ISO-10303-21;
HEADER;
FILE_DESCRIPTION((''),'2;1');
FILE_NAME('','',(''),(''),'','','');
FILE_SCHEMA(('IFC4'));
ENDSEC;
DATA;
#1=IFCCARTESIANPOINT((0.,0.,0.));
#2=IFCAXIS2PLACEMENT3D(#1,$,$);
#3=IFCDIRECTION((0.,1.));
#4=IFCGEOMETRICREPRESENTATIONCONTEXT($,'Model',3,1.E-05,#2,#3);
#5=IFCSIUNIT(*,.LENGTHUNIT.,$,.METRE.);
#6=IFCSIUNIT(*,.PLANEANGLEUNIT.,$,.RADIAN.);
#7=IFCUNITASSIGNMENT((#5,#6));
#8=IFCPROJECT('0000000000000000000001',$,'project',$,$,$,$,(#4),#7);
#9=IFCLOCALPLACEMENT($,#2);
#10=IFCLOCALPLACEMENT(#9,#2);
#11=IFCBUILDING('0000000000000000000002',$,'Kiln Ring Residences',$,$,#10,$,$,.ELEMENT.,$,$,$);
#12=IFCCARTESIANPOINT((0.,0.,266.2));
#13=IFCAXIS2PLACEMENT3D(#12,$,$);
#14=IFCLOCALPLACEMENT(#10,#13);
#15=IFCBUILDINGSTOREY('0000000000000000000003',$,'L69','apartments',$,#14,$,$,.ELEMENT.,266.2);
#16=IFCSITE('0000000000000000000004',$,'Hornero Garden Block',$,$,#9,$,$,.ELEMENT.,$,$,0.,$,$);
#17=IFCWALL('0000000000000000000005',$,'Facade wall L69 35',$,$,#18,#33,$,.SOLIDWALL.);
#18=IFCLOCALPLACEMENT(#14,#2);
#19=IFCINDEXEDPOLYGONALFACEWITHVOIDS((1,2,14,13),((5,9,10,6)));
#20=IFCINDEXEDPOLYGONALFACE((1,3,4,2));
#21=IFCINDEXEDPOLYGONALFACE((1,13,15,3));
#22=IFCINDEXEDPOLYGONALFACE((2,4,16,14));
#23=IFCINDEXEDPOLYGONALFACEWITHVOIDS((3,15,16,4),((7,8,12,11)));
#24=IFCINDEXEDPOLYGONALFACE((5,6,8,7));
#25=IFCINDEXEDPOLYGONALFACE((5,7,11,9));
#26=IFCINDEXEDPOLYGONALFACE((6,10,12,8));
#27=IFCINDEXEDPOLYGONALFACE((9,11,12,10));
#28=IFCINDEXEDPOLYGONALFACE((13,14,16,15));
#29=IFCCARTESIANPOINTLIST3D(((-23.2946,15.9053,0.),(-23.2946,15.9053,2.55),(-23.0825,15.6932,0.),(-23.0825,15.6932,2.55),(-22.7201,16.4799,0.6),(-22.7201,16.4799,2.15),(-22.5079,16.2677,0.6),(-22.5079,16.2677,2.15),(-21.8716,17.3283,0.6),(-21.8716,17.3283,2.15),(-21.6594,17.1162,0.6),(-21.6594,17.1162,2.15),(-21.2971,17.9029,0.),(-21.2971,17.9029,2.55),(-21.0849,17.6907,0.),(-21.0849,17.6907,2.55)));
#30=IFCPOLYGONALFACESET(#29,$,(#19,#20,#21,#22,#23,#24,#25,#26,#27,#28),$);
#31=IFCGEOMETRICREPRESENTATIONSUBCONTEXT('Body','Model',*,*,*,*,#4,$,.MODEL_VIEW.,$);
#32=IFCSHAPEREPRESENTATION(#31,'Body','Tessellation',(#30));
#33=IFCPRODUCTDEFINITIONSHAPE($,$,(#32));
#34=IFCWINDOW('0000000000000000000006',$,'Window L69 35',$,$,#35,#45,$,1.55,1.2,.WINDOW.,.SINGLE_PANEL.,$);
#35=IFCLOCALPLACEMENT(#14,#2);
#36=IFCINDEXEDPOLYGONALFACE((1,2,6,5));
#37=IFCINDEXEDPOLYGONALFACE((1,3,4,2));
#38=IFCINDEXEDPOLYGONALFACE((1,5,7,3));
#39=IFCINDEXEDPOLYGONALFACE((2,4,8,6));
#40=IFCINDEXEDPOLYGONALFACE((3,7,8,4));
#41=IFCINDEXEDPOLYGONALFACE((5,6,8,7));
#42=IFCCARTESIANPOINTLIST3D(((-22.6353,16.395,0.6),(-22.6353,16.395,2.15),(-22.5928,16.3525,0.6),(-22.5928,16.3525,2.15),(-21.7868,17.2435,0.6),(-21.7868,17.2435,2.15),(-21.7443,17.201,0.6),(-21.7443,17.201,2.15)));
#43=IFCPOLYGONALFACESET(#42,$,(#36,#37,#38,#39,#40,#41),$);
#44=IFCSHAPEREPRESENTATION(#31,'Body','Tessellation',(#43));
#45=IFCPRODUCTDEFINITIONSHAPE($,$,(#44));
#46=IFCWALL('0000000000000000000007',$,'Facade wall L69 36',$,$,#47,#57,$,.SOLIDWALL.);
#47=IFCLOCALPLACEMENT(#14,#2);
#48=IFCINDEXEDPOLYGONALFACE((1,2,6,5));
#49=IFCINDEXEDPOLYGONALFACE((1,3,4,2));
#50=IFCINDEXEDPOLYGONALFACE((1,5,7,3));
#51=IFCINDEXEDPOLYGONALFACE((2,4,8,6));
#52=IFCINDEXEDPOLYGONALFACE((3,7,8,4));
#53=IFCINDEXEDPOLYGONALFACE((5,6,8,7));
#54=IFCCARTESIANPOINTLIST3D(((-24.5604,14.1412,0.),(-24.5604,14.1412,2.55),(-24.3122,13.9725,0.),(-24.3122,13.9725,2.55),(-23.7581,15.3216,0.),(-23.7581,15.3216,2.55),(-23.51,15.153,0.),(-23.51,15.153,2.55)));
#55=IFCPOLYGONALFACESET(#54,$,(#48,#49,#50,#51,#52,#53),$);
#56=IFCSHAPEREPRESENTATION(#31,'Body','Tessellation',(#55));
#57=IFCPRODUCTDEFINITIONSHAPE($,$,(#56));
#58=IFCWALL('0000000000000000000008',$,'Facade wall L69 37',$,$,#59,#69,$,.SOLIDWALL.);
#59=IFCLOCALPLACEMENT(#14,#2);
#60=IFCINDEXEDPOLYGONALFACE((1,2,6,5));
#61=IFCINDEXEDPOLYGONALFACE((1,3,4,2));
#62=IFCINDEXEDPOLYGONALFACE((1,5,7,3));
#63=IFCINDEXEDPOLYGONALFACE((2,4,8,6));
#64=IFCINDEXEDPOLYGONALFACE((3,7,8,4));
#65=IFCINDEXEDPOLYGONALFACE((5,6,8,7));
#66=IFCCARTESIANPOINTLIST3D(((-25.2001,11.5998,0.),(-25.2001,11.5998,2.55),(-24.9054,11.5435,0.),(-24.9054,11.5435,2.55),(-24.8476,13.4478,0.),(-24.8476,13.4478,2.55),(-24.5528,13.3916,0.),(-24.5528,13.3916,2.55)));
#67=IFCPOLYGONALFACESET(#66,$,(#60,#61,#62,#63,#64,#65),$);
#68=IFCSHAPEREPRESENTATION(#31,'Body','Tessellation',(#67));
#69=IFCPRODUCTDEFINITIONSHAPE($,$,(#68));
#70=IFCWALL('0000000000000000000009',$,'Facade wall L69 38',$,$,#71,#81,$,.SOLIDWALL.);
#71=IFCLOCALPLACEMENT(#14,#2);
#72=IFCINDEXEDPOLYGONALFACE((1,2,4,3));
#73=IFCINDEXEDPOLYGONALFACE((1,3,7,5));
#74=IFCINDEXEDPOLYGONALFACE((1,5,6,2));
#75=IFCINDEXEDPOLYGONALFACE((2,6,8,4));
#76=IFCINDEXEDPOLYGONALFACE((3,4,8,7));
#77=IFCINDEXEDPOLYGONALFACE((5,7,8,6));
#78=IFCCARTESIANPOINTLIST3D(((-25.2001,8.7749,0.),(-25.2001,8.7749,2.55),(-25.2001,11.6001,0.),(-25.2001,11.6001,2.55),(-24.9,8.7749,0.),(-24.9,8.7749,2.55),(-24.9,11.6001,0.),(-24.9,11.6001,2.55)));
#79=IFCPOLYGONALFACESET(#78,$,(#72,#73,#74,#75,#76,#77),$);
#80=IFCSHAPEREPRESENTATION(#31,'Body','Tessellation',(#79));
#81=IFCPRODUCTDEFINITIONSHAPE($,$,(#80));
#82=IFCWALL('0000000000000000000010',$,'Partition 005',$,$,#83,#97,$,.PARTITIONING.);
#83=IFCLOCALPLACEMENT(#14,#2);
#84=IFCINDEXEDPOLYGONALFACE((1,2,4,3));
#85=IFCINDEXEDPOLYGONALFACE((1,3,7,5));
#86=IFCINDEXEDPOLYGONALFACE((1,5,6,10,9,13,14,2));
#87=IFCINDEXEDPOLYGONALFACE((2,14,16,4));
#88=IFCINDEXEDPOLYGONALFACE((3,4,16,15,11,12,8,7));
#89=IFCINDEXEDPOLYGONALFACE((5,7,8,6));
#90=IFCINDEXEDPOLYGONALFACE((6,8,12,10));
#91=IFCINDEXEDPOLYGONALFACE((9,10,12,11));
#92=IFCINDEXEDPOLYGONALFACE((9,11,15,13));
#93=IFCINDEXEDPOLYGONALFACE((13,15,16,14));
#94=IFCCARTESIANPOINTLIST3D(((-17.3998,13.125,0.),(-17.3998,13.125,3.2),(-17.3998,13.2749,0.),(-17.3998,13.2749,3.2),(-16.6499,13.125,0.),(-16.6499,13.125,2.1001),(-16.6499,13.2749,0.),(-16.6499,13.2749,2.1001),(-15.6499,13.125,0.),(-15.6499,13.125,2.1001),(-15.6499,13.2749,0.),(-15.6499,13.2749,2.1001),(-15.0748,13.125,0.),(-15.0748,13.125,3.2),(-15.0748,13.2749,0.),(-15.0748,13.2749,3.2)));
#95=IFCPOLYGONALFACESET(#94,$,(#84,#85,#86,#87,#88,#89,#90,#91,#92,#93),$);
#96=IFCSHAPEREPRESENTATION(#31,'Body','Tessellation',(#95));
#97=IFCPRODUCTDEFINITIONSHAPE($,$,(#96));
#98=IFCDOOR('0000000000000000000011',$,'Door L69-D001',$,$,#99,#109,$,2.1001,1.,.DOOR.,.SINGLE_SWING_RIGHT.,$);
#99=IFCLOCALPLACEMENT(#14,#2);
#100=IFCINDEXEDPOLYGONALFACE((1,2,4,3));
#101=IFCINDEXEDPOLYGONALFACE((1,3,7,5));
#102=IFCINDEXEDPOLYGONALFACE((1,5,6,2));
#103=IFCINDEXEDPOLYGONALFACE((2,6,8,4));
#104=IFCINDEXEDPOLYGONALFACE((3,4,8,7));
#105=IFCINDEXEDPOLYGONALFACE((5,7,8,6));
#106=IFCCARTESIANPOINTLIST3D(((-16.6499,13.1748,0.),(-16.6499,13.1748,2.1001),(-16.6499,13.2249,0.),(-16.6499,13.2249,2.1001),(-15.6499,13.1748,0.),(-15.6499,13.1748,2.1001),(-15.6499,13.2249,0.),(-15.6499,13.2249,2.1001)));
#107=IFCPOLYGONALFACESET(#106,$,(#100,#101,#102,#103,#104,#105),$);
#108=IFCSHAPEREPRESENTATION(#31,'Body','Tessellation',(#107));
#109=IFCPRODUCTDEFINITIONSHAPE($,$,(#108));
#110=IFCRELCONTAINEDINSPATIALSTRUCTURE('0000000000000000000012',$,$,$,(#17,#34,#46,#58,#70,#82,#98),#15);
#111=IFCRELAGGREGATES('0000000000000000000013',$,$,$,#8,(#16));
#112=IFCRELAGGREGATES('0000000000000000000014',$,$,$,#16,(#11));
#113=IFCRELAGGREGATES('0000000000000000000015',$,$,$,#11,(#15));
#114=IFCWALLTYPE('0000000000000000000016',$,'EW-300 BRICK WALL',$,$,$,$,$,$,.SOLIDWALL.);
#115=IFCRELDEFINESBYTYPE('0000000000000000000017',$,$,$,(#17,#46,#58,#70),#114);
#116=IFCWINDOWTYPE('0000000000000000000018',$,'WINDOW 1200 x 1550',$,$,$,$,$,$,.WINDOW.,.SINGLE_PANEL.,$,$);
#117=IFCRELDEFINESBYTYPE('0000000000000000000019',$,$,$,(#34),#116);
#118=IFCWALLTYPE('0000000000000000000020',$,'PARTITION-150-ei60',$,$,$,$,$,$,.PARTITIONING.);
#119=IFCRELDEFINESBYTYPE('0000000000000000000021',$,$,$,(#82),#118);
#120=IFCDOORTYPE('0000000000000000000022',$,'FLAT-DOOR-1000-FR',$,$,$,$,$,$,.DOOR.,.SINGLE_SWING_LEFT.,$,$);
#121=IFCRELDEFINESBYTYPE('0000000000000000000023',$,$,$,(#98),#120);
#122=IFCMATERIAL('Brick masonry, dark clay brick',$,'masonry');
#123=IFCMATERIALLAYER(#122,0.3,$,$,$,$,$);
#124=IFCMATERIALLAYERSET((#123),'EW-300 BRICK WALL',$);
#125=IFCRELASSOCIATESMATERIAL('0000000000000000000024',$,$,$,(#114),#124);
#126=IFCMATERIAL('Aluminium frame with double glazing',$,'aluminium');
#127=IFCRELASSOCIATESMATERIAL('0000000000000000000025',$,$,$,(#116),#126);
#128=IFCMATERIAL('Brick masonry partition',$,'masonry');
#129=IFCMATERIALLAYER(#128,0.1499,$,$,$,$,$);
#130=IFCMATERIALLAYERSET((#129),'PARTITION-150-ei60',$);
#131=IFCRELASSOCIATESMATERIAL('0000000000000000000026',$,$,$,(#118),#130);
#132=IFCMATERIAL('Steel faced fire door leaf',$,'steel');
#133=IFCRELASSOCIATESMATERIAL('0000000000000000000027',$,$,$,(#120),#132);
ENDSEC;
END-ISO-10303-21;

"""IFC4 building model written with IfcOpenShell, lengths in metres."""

from ifc_helpers import new_model, si_unit, direction, frame, frame_2d, origin, place, context, subcontext, project, spatial, rectangle, extrude, material, layer, layer_set, type_object, element, fill, save


model = new_model("IFC4")

# Units and contexts
model_context = context("Model", 3, precision=1e-05, world=origin(), true_north=direction((0.0, 1.0)))
body_context = subcontext(model_context, "Body", "Model", "MODEL_VIEW")
ifc_project = project(units=[si_unit("LENGTHUNIT", "METRE"), si_unit("PLANEANGLEUNIT", "RADIAN")], contexts=[model_context])

# Site, building, storey
site_placement = place(None, origin())
site = spatial("IfcSite", under=ifc_project, at=site_placement, Name="Hornero Garden Block", CompositionType="ELEMENT", RefElevation=0.0)
building_placement = place(site_placement, origin())
building = spatial("IfcBuilding", under=site, at=building_placement, Name="Kiln Ring Residences", CompositionType="ELEMENT")
storey_placement = place(building_placement, frame((0.0, 0.0, 266.2)))
storey = spatial("IfcBuildingStorey", under=building, at=storey_placement, Name="L69", Description="apartments", CompositionType="ELEMENT", Elevation=266.2)

# Wall, opening, window
ifc_material_1 = material(Name="Brick masonry, dark clay brick", Category="masonry")
ifc_layer_1 = layer(ifc_material_1, 0.3)
ifc_layer_set_1 = layer_set([ifc_layer_1], Name="EW-300 BRICK WALL")
wall_type_1 = type_object("IfcWallType", Name="EW-300 BRICK WALL", PredefinedType="SOLIDWALL", material=ifc_layer_set_1)
wall_1_placement = place(storey_placement, frame((-21.1909, 17.7969, 0.0), z_axis=(0.0, 0.0, 1.0), x_axis=(-0.707107, -0.707107, 0.0)))
wall_1 = element("IfcWall", 1, at=wall_1_placement, inside=storey, type_object=wall_type_1, Name="Facade wall L69 35", PredefinedType="SOLIDWALL", context=body_context, shape_type="SweptSolid", body=[
    extrude(rectangle(XDim=2.825, YDim=0.3, at=frame_2d((1.4126, 0.0))), origin(), (0.0, 0.0, 1.0), 2.55),
])
opening_1_placement = place(wall_1_placement, frame((0.8125, 0.0, 0.6001)))
opening_1 = element("IfcOpeningElement", 2, at=opening_1_placement, cuts=wall_1, PredefinedType="OPENING", context=body_context, shape_type="SweptSolid", body=[
    extrude(rectangle(XDim=1.2, YDim=1.55, at=frame_2d((0.6001, 0.7749))), frame((0.0, 0.1599, 0.0), z_axis=(0.0, -1.0, 0.0), x_axis=(1.0, 0.0, 0.0)), (0.0, 0.0, 1.0), 0.3201),
])
ifc_material_2 = material(Name="Aluminium frame with double glazing", Category="aluminium")
window_type_1 = type_object("IfcWindowType", Name="WINDOW 1200 x 1550", PartitioningType="SINGLE_PANEL", PredefinedType="WINDOW", material=ifc_material_2)
window_1_placement = place(opening_1_placement, origin())
window_1 = element("IfcWindow", 3, at=window_1_placement, inside=storey, type_object=window_type_1, Name="Window L69 35", OverallHeight=1.55, OverallWidth=1.2, PartitioningType="SINGLE_PANEL", PredefinedType="WINDOW", context=body_context, shape_type="SweptSolid", body=[
    extrude(rectangle(XDim=1.2, YDim=1.55, at=frame_2d((0.6001, 0.7749))), frame((0.0, 0.03, 0.0), z_axis=(0.0, -1.0, 0.0), x_axis=(1.0, 0.0, 0.0)), (0.0, 0.0, 1.0), 0.0601),
])
fill(opening_1, window_1)

# Walls
wall_2_placement = place(storey_placement, frame((-23.634, 15.2373, 0.0), z_axis=(0.0, 0.0, 1.0), x_axis=(-0.562099, -0.82707, 0.0)))
element("IfcWall", 4, at=wall_2_placement, inside=storey, type_object=wall_type_1, Name="Facade wall L69 36", PredefinedType="SOLIDWALL", context=body_context, shape_type="SweptSolid", body=[
    extrude(rectangle(XDim=1.4272, YDim=0.3, at=frame_2d((0.7136, 0.0))), origin(), (0.0, 0.0, 1.0), 2.55),
])
wall_3_placement = place(storey_placement, frame((-24.7002, 13.4197, 0.0), z_axis=(0.0, 0.0, 1.0), x_axis=(-0.187398, -0.982284, 0.0)))
element("IfcWall", 5, at=wall_3_placement, inside=storey, type_object=wall_type_1, Name="Facade wall L69 37", PredefinedType="SOLIDWALL", context=body_context, shape_type="SweptSolid", body=[
    extrude(rectangle(XDim=1.8813, YDim=0.3, at=frame_2d((0.9407, 0.0))), origin(), (0.0, 0.0, 1.0), 2.55),
])
wall_4_placement = place(storey_placement, frame((-25.05, 11.6001, 0.0), z_axis=(0.0, 0.0, 1.0), x_axis=(0.0, -1.0, 0.0)))
element("IfcWall", 6, at=wall_4_placement, inside=storey, type_object=wall_type_1, Name="Facade wall L69 38", PredefinedType="SOLIDWALL", context=body_context, shape_type="SweptSolid", body=[
    extrude(rectangle(XDim=2.8252, YDim=0.3, at=frame_2d((1.4126, 0.0))), origin(), (0.0, 0.0, 1.0), 2.55),
])

# Wall, opening, door
ifc_material_3 = material(Name="Brick masonry partition", Category="masonry")
ifc_layer_2 = layer(ifc_material_3, 0.1499)
ifc_layer_set_2 = layer_set([ifc_layer_2], Name="PARTITION-150-ei60")
wall_type_2 = type_object("IfcWallType", Name="PARTITION-150-ei60", PredefinedType="PARTITIONING", material=ifc_layer_set_2)
wall_5_placement = place(storey_placement, frame((-17.3999, 13.2, 0.0), z_axis=(0.0, 0.0, 1.0), x_axis=(1.0, 0.0, 0.0)))
wall_5 = element("IfcWall", 7, at=wall_5_placement, inside=storey, type_object=wall_type_2, Name="Partition 005", PredefinedType="PARTITIONING", context=body_context, shape_type="SweptSolid", body=[
    extrude(rectangle(XDim=2.325, YDim=0.1499, at=frame_2d((1.1626, 0.0))), origin(), (0.0, 0.0, 1.0), 3.2),
])
opening_2_placement = place(wall_5_placement, frame((0.75, 0.0, 0.0)))
opening_2 = element("IfcOpeningElement", 8, at=opening_2_placement, cuts=wall_5, PredefinedType="OPENING", context=body_context, shape_type="SweptSolid", body=[
    extrude(rectangle(XDim=1.0, YDim=2.1001, at=frame_2d((0.5, 1.05))), frame((0.0, 0.085, 0.0), z_axis=(0.0, -1.0, 0.0), x_axis=(1.0, 0.0, 0.0)), (0.0, 0.0, 1.0), 0.1699),
])
ifc_material_4 = material(Name="Steel faced fire door leaf", Category="steel")
door_type_1 = type_object("IfcDoorType", Name="FLAT-DOOR-1000-FR", OperationType="SINGLE_SWING_LEFT", PredefinedType="DOOR", material=ifc_material_4)
door_1_placement = place(opening_2_placement, origin())
door_1 = element("IfcDoor", 9, at=door_1_placement, inside=storey, type_object=door_type_1, Name="Door L69-D001", OperationType="SINGLE_SWING_RIGHT", OverallHeight=2.1001, OverallWidth=1.0, PredefinedType="DOOR", context=body_context, shape_type="SweptSolid", body=[
    extrude(rectangle(XDim=1.0, YDim=2.1001, at=frame_2d((0.5, 1.05))), frame((0.0, 0.0249, 0.0), z_axis=(0.0, -1.0, 0.0), x_axis=(1.0, 0.0, 0.0)), (0.0, 0.0, 1.0), 0.05),
])
fill(opening_2, door_1)

save(model, "model.ifc")
